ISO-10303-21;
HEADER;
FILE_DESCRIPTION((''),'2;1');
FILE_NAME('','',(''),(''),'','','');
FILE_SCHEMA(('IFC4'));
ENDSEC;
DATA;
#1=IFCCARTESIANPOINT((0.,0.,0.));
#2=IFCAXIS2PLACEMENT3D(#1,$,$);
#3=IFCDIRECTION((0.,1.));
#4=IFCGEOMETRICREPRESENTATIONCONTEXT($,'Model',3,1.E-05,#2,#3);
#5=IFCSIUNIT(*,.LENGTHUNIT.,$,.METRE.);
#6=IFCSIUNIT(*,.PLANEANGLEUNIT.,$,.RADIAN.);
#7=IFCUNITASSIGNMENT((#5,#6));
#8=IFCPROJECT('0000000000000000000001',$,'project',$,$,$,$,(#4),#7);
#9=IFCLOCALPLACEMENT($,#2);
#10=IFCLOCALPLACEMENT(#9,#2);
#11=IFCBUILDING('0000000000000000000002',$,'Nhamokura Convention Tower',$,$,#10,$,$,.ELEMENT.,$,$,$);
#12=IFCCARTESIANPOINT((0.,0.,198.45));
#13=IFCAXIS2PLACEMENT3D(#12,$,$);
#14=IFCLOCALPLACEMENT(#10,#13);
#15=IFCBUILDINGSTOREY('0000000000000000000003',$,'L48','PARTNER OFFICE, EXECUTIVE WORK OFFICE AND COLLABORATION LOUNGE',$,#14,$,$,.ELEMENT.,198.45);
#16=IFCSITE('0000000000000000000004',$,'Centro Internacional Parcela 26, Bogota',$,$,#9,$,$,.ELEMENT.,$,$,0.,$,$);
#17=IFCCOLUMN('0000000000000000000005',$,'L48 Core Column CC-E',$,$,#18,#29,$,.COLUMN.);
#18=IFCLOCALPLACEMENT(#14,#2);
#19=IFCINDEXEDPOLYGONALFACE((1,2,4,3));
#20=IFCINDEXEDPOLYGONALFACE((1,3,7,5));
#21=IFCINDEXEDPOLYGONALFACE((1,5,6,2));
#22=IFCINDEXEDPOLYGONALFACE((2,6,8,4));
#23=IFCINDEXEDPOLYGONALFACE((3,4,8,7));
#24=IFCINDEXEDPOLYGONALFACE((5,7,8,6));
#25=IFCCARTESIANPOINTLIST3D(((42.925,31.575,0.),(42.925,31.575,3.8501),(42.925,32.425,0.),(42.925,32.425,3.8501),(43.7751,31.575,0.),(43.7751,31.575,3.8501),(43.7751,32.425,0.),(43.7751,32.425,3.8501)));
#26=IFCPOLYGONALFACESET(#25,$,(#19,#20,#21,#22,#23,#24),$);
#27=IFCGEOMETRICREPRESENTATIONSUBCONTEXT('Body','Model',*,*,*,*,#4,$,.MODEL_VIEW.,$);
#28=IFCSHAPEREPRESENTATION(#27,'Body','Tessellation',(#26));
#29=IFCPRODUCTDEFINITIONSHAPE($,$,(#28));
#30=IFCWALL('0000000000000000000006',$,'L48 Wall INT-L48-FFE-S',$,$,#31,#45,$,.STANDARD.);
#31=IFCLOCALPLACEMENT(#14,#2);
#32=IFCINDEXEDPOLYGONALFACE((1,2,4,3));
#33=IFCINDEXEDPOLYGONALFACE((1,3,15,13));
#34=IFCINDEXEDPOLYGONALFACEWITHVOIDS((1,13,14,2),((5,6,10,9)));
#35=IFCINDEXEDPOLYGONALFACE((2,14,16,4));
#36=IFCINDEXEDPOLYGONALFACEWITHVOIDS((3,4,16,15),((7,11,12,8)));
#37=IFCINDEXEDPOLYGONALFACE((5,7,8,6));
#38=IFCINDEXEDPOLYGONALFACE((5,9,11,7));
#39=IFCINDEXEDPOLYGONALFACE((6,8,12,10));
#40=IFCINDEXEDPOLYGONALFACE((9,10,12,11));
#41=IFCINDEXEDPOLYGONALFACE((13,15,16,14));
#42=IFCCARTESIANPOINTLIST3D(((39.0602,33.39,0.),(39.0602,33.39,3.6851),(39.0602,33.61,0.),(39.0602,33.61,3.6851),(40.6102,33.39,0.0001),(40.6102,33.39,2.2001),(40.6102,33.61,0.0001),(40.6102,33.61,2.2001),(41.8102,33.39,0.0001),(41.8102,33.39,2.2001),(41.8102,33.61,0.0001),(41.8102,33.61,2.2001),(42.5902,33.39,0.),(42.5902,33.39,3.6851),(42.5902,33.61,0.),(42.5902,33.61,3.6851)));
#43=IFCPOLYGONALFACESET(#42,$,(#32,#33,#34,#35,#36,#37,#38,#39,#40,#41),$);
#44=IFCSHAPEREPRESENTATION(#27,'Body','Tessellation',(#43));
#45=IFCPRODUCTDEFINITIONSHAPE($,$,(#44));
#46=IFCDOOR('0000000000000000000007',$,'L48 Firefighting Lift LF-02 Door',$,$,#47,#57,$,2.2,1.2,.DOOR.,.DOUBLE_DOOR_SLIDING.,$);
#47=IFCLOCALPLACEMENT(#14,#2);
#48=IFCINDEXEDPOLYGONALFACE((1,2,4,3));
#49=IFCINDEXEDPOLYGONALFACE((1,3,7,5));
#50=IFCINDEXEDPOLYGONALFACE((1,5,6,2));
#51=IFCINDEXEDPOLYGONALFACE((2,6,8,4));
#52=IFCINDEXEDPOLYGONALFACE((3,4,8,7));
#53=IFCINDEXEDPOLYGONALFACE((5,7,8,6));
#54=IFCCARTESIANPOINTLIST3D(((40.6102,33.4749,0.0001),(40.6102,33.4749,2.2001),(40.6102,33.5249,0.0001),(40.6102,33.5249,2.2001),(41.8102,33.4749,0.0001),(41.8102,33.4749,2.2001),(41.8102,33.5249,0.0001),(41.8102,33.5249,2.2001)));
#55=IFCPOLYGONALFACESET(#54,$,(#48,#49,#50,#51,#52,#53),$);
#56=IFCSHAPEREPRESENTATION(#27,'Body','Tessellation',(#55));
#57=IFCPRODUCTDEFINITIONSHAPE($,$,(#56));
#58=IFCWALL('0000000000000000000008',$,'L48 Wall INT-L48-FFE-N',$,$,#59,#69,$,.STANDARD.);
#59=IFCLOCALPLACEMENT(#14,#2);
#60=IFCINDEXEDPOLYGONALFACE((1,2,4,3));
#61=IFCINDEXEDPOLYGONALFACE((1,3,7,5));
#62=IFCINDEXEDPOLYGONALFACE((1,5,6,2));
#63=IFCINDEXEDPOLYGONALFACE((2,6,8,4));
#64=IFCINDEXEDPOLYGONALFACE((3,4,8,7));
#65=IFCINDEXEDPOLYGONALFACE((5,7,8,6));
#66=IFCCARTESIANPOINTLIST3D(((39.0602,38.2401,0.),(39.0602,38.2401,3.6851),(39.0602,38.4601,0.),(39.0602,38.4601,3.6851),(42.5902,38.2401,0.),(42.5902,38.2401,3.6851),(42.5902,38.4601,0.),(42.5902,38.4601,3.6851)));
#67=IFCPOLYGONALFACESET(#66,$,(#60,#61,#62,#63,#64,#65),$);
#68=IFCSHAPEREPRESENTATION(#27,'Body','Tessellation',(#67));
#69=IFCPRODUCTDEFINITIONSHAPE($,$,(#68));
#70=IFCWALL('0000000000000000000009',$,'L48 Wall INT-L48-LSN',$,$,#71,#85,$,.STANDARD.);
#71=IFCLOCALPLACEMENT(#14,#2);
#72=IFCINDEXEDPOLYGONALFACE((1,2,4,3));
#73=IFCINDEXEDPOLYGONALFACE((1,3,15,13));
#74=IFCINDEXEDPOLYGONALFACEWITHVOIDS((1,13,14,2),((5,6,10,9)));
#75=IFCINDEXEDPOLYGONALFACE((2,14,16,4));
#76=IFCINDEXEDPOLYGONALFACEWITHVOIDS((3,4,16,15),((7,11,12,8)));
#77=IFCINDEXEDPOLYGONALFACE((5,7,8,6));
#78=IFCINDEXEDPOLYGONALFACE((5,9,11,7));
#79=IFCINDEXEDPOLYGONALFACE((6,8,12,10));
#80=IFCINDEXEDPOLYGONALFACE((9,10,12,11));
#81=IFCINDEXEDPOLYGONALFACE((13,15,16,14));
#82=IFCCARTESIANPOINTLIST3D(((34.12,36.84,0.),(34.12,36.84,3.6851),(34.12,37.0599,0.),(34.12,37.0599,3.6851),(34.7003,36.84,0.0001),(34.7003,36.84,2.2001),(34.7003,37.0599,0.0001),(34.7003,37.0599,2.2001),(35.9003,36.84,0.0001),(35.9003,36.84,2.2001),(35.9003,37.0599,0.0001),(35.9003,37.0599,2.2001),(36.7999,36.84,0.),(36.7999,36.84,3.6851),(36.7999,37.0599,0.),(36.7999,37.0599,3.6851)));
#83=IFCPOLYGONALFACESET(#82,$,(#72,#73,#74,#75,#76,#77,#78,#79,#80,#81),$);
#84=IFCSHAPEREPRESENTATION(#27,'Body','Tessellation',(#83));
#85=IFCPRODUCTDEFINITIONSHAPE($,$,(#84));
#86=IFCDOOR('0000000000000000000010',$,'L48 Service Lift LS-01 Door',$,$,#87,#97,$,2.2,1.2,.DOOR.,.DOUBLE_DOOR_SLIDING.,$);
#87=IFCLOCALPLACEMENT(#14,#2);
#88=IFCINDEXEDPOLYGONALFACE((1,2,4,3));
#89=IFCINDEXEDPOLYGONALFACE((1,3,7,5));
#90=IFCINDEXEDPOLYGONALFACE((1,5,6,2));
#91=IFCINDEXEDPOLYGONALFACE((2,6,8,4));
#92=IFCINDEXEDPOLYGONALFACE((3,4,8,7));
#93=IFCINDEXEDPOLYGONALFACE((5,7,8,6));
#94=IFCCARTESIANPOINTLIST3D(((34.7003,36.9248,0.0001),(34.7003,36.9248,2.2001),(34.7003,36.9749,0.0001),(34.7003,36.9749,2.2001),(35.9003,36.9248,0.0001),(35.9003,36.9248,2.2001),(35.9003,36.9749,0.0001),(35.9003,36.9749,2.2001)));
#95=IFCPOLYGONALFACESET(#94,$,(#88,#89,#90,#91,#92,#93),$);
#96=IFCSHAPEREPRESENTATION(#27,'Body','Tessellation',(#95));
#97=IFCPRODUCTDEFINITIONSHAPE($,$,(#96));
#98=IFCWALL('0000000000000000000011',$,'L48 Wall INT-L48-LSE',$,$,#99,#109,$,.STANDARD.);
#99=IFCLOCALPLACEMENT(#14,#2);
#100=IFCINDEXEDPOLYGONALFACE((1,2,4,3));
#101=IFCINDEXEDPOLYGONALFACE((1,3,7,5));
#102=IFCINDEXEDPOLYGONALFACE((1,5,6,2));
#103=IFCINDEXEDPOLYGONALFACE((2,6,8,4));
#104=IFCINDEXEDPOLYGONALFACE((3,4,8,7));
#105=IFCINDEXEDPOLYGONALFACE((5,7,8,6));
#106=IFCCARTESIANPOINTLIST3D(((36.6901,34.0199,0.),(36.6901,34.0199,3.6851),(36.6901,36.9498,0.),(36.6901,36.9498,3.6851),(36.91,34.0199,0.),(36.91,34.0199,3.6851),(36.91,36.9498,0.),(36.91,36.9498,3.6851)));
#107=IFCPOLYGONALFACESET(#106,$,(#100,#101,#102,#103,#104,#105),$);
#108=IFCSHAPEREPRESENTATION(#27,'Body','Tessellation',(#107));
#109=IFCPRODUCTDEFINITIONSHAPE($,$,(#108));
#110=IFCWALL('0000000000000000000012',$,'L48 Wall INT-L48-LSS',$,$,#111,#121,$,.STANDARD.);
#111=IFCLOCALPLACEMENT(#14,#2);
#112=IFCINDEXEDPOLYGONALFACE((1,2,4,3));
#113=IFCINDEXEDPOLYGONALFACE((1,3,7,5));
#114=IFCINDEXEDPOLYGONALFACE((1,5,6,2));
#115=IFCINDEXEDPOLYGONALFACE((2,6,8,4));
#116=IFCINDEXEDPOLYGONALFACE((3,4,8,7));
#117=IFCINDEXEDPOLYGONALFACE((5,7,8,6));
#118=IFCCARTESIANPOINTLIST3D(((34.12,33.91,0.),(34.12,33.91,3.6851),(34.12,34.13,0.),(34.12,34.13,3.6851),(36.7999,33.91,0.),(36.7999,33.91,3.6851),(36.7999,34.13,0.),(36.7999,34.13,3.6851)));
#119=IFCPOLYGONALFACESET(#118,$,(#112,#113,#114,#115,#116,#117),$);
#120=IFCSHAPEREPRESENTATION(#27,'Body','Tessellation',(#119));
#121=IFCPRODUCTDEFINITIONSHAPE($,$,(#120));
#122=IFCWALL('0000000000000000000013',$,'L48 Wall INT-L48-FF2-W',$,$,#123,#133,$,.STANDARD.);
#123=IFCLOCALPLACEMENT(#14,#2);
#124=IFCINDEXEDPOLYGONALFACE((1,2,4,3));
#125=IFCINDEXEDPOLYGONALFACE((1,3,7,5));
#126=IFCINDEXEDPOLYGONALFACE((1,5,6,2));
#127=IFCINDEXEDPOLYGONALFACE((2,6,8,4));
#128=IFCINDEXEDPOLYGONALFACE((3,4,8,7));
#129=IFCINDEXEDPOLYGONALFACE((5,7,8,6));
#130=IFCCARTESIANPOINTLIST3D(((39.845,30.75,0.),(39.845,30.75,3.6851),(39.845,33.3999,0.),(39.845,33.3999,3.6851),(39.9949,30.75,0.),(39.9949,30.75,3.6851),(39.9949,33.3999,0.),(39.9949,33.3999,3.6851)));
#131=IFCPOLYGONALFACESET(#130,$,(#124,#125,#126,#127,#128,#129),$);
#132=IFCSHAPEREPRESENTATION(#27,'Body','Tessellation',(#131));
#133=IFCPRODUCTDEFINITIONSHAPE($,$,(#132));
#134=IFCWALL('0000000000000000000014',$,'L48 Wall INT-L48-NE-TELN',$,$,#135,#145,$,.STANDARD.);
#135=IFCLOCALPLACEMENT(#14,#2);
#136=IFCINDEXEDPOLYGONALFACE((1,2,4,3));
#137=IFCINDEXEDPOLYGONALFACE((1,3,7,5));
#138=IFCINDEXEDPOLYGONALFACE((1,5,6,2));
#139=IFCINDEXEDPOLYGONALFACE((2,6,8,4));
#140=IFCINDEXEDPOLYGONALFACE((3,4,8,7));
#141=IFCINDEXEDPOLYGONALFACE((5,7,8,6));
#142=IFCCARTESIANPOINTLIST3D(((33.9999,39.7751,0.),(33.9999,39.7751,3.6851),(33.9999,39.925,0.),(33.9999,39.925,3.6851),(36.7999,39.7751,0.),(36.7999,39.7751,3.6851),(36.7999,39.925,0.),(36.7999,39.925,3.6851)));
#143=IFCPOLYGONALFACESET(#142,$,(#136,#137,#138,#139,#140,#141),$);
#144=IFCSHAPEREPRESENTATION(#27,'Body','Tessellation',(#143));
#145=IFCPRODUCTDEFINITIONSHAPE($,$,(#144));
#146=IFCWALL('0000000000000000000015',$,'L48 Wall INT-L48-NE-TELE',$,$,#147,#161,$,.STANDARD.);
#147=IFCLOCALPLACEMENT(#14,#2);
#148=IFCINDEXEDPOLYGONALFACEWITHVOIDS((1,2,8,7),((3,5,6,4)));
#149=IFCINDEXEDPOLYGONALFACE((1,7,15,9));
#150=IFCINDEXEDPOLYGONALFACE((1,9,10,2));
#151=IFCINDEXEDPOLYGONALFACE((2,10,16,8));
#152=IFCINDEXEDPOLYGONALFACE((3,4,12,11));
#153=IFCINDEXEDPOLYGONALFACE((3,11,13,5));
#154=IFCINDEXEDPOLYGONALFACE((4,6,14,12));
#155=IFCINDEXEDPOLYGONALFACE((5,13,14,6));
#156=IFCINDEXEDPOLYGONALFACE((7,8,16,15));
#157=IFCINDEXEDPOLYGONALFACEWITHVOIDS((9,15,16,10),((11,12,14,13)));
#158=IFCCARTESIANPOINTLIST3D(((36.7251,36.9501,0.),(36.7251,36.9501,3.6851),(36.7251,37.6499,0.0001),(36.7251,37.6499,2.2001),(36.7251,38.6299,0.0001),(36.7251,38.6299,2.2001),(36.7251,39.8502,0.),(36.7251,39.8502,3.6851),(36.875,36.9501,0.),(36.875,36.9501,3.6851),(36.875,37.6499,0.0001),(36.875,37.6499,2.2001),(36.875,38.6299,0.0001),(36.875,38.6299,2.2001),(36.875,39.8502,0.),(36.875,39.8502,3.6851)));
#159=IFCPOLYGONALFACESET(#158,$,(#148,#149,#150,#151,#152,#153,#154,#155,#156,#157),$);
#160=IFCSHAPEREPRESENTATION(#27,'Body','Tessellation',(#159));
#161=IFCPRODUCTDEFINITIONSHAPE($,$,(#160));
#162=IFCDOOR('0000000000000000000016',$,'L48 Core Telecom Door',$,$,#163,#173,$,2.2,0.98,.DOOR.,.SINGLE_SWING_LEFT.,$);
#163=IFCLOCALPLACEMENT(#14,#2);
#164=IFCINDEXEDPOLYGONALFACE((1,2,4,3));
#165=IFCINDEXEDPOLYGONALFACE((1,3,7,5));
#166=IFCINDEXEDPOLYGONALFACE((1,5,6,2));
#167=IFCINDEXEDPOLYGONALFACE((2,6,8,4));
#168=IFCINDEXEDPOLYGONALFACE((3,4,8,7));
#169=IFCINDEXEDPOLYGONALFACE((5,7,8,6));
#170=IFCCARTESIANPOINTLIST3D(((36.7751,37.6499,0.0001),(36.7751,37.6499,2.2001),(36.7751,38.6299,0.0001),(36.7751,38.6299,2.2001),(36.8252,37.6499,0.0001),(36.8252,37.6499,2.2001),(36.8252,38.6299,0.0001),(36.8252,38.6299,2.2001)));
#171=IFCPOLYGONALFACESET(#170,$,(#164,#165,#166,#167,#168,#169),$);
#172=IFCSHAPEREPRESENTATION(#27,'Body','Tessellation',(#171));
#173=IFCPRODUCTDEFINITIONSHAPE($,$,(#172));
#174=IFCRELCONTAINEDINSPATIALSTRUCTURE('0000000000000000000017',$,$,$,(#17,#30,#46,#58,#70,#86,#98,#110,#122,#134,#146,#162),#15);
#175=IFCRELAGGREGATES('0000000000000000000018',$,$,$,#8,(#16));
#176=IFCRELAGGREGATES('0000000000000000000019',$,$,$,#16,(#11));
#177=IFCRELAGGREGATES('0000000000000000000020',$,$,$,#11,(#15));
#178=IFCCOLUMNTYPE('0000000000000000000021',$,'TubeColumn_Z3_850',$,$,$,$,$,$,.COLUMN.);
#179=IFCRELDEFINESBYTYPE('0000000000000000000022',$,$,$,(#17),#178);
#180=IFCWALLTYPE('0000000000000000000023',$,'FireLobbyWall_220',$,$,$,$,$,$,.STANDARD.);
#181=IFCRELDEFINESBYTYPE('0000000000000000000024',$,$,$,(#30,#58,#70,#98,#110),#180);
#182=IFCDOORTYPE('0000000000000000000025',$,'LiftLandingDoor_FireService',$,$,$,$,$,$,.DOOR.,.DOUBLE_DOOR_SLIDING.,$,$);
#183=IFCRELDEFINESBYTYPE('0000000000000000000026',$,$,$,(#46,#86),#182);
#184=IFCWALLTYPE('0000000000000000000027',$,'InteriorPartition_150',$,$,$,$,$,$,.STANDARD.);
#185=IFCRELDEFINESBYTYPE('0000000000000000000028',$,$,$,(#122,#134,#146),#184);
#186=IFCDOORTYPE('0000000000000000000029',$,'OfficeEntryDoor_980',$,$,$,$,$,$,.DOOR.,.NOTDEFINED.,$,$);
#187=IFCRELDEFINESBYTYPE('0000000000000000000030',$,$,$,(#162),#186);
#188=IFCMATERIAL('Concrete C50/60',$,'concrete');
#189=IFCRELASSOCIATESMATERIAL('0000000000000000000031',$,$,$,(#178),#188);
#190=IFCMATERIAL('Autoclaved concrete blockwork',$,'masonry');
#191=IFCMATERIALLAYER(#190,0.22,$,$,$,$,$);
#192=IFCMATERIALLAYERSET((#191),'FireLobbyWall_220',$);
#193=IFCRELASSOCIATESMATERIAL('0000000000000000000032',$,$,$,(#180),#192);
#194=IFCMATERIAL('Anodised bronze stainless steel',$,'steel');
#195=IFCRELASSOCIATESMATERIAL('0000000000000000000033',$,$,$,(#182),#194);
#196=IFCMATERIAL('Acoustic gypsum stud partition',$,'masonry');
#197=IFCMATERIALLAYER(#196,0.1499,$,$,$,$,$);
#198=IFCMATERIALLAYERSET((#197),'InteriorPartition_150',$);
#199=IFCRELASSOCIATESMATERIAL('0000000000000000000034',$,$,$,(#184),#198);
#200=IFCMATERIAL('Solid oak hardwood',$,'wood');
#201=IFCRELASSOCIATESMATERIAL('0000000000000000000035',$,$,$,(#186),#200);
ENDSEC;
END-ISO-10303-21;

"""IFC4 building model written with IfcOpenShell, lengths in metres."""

from ifc_helpers import new_model, si_unit, direction, frame, frame_2d, origin, origin_2d, place, context, subcontext, project, spatial, rectangle, extrude, material, layer, layer_set, material_profile, profile_set, type_object, element, fill, save


model = new_model("IFC4")

# Units and contexts
model_context = context("Model", 3, precision=1e-05, world=origin(), true_north=direction((0.0, 1.0)))
body_context = subcontext(model_context, "Body", "Model", "MODEL_VIEW")
ifc_project = project(units=[si_unit("LENGTHUNIT", "METRE"), si_unit("PLANEANGLEUNIT", "RADIAN")], contexts=[model_context])

# Site, building, storey
site_placement = place(None, origin())
site = spatial("IfcSite", under=ifc_project, at=site_placement, Name="Centro Internacional Parcela 26, Bogota", CompositionType="ELEMENT", RefElevation=0.0)
building_placement = place(site_placement, origin())
building = spatial("IfcBuilding", under=site, at=building_placement, Name="Nhamokura Convention Tower", CompositionType="ELEMENT")
storey_placement = place(building_placement, frame((0.0, 0.0, 198.45)))
storey = spatial("IfcBuildingStorey", under=building, at=storey_placement, Name="L48", Description="PARTNER OFFICE, EXECUTIVE WORK OFFICE AND COLLABORATION LOUNGE", CompositionType="ELEMENT", Elevation=198.45)

# Column
ifc_material_1 = material(Name="Concrete C50/60", Category="concrete")
ifc_material_profile = material_profile(ifc_material_1, rectangle(XDim=0.8501, YDim=0.8501, at=origin_2d()))
ifc_profile_set = profile_set([ifc_material_profile], Name="Concrete C50/60")
column_type = type_object("IfcColumnType", Name="TubeColumn_Z3_850", PredefinedType="COLUMN", material=ifc_profile_set)
column_placement = place(storey_placement, frame((43.3501, 32.0, 0.0), z_axis=(0.0, 0.0, 1.0), x_axis=(1.0, 0.0, 0.0)))
element("IfcColumn", 1, at=column_placement, inside=storey, type_object=column_type, Name="L48 Core Column CC-E", PredefinedType="COLUMN", context=body_context, shape_type="SweptSolid", body=[
    extrude(rectangle(XDim=0.8501, YDim=0.8501, at=origin_2d()), origin(), (0.0, 0.0, 1.0), 3.8501),
])

# Wall, opening, door
ifc_material_2 = material(Name="Autoclaved concrete blockwork", Category="masonry")
ifc_layer_1 = layer(ifc_material_2, 0.22)
ifc_layer_set_1 = layer_set([ifc_layer_1], Name="FireLobbyWall_220")
wall_type_1 = type_object("IfcWallType", Name="FireLobbyWall_220", PredefinedType="STANDARD", material=ifc_layer_set_1)
wall_1_placement = place(storey_placement, frame((39.0601, 33.5, 0.0), z_axis=(0.0, 0.0, 1.0), x_axis=(1.0, 0.0, 0.0)))
wall_1 = element("IfcWall", 2, at=wall_1_placement, inside=storey, type_object=wall_type_1, Name="L48 Wall INT-L48-FFE-S", PredefinedType="STANDARD", context=body_context, shape_type="SweptSolid", body=[
    extrude(rectangle(XDim=3.53, YDim=0.22, at=frame_2d((1.7651, 0.0))), origin(), (0.0, 0.0, 1.0), 3.6851),
])
opening_1_placement = place(wall_1_placement, frame((1.55, 0.0, 0.0)))
opening_1 = element("IfcOpeningElement", 3, at=opening_1_placement, cuts=wall_1, PredefinedType="OPENING", context=body_context, shape_type="SweptSolid", body=[
    extrude(rectangle(XDim=1.2, YDim=2.2, at=frame_2d((0.6001, 1.1001))), frame((0.0, 0.1199, 0.0), z_axis=(0.0, -1.0, 0.0), x_axis=(1.0, 0.0, 0.0)), (0.0, 0.0, 1.0), 0.24),
])
ifc_material_3 = material(Name="Anodised bronze stainless steel", Category="steel")
door_type_1 = type_object("IfcDoorType", Name="LiftLandingDoor_FireService", OperationType="DOUBLE_DOOR_SLIDING", PredefinedType="DOOR", material=ifc_material_3)
door_1_placement = place(opening_1_placement, origin())
door_1 = element("IfcDoor", 4, at=door_1_placement, inside=storey, type_object=door_type_1, Name="L48 Firefighting Lift LF-02 Door", OperationType="DOUBLE_DOOR_SLIDING", OverallHeight=2.2, OverallWidth=1.2, PredefinedType="DOOR", context=body_context, shape_type="SweptSolid", body=[
    extrude(rectangle(XDim=1.2, YDim=2.2, at=frame_2d((0.6001, 1.1001))), frame((0.0, 0.0249, 0.0), z_axis=(0.0, -1.0, 0.0), x_axis=(1.0, 0.0, 0.0)), (0.0, 0.0, 1.0), 0.05),
])
fill(opening_1, door_1)

# Wall
wall_2_placement = place(storey_placement, frame((39.0601, 38.3501, 0.0), z_axis=(0.0, 0.0, 1.0), x_axis=(1.0, 0.0, 0.0)))
element("IfcWall", 5, at=wall_2_placement, inside=storey, type_object=wall_type_1, Name="L48 Wall INT-L48-FFE-N", PredefinedType="STANDARD", context=body_context, shape_type="SweptSolid", body=[
    extrude(rectangle(XDim=3.53, YDim=0.22, at=frame_2d((1.7651, 0.0))), origin(), (0.0, 0.0, 1.0), 3.6851),
])

# Wall, opening, door
wall_3_placement = place(storey_placement, frame((34.1201, 36.95, 0.0), z_axis=(0.0, 0.0, 1.0), x_axis=(1.0, 0.0, 0.0)))
wall_3 = element("IfcWall", 6, at=wall_3_placement, inside=storey, type_object=wall_type_1, Name="L48 Wall INT-L48-LSN", PredefinedType="STANDARD", context=body_context, shape_type="SweptSolid", body=[
    extrude(rectangle(XDim=2.6799, YDim=0.22, at=frame_2d((1.3398, 0.0))), origin(), (0.0, 0.0, 1.0), 3.6851),
])
opening_2_placement = place(wall_3_placement, frame((0.5801, 0.0, 0.0)))
opening_2 = element("IfcOpeningElement", 7, at=opening_2_placement, cuts=wall_3, PredefinedType="OPENING", context=body_context, shape_type="SweptSolid", body=[
    extrude(rectangle(XDim=1.2, YDim=2.2, at=frame_2d((0.6001, 1.1001))), frame((0.0, 0.1199, 0.0), z_axis=(0.0, -1.0, 0.0), x_axis=(1.0, 0.0, 0.0)), (0.0, 0.0, 1.0), 0.24),
])
door_2_placement = place(opening_2_placement, origin())
door_2 = element("IfcDoor", 8, at=door_2_placement, inside=storey, type_object=door_type_1, Name="L48 Service Lift LS-01 Door", OperationType="DOUBLE_DOOR_SLIDING", OverallHeight=2.2, OverallWidth=1.2, PredefinedType="DOOR", context=body_context, shape_type="SweptSolid", body=[
    extrude(rectangle(XDim=1.2, YDim=2.2, at=frame_2d((0.6001, 1.1001))), frame((0.0, 0.0249, 0.0), z_axis=(0.0, -1.0, 0.0), x_axis=(1.0, 0.0, 0.0)), (0.0, 0.0, 1.0), 0.05),
])
fill(opening_2, door_2)

# Walls
wall_4_placement = place(storey_placement, frame((36.8, 34.02, 0.0), z_axis=(0.0, 0.0, 1.0), x_axis=(0.0, 1.0, 0.0)))
element("IfcWall", 9, at=wall_4_placement, inside=storey, type_object=wall_type_1, Name="L48 Wall INT-L48-LSE", PredefinedType="STANDARD", context=body_context, shape_type="SweptSolid", body=[
    extrude(rectangle(XDim=2.9299, YDim=0.22, at=frame_2d((1.4648, 0.0))), origin(), (0.0, 0.0, 1.0), 3.6851),
])
wall_5_placement = place(storey_placement, frame((34.1201, 34.02, 0.0), z_axis=(0.0, 0.0, 1.0), x_axis=(1.0, 0.0, 0.0)))
element("IfcWall", 10, at=wall_5_placement, inside=storey, type_object=wall_type_1, Name="L48 Wall INT-L48-LSS", PredefinedType="STANDARD", context=body_context, shape_type="SweptSolid", body=[
    extrude(rectangle(XDim=2.6799, YDim=0.22, at=frame_2d((1.3398, 0.0))), origin(), (0.0, 0.0, 1.0), 3.6851),
])
ifc_material_4 = material(Name="Acoustic gypsum stud partition", Category="masonry")
ifc_layer_2 = layer(ifc_material_4, 0.1499)
ifc_layer_set_2 = layer_set([ifc_layer_2], Name="InteriorPartition_150")
wall_type_2 = type_object("IfcWallType", Name="InteriorPartition_150", PredefinedType="STANDARD", material=ifc_layer_set_2)
wall_6_placement = place(storey_placement, frame((39.9199, 30.75, 0.0), z_axis=(0.0, 0.0, 1.0), x_axis=(0.0, 1.0, 0.0)))
element("IfcWall", 11, at=wall_6_placement, inside=storey, type_object=wall_type_2, Name="L48 Wall INT-L48-FF2-W", PredefinedType="STANDARD", context=body_context, shape_type="SweptSolid", body=[
    extrude(rectangle(XDim=2.6499, YDim=0.1499, at=frame_2d((1.325, 0.0))), origin(), (0.0, 0.0, 1.0), 3.6851),
])
wall_7_placement = place(storey_placement, frame((34.0, 39.8501, 0.0), z_axis=(0.0, 0.0, 1.0), x_axis=(1.0, 0.0, 0.0)))
element("IfcWall", 12, at=wall_7_placement, inside=storey, type_object=wall_type_2, Name="L48 Wall INT-L48-NE-TELN", PredefinedType="STANDARD", context=body_context, shape_type="SweptSolid", body=[
    extrude(rectangle(XDim=2.8, YDim=0.1499, at=frame_2d((1.3999, 0.0))), origin(), (0.0, 0.0, 1.0), 3.6851),
])

# Wall, opening, door
wall_8_placement = place(storey_placement, frame((36.8, 36.95, 0.0), z_axis=(0.0, 0.0, 1.0), x_axis=(0.0, 1.0, 0.0)))
wall_8 = element("IfcWall", 13, at=wall_8_placement, inside=storey, type_object=wall_type_2, Name="L48 Wall INT-L48-NE-TELE", PredefinedType="STANDARD", context=body_context, shape_type="SweptSolid", body=[
    extrude(rectangle(XDim=2.9001, YDim=0.1499, at=frame_2d((1.4502, 0.0))), origin(), (0.0, 0.0, 1.0), 3.6851),
])
opening_3_placement = place(wall_8_placement, frame((0.7, 0.0, 0.0)))
opening_3 = element("IfcOpeningElement", 14, at=opening_3_placement, cuts=wall_8, PredefinedType="OPENING", context=body_context, shape_type="SweptSolid", body=[
    extrude(rectangle(XDim=0.98, YDim=2.2, at=frame_2d((0.49, 1.1001))), frame((0.0, 0.085, 0.0), z_axis=(0.0, -1.0, 0.0), x_axis=(1.0, 0.0, 0.0)), (0.0, 0.0, 1.0), 0.1699),
])
ifc_material_5 = material(Name="Solid oak hardwood", Category="wood")
door_type_2 = type_object("IfcDoorType", Name="OfficeEntryDoor_980", OperationType="NOTDEFINED", PredefinedType="DOOR", material=ifc_material_5)
door_3_placement = place(opening_3_placement, origin())
door_3 = element("IfcDoor", 15, at=door_3_placement, inside=storey, type_object=door_type_2, Name="L48 Core Telecom Door", OperationType="SINGLE_SWING_LEFT", OverallHeight=2.2, OverallWidth=0.98, PredefinedType="DOOR", context=body_context, shape_type="SweptSolid", body=[
    extrude(rectangle(XDim=0.98, YDim=2.2, at=frame_2d((0.49, 1.1001))), frame((0.0, 0.0249, 0.0), z_axis=(0.0, -1.0, 0.0), x_axis=(1.0, 0.0, 0.0)), (0.0, 0.0, 1.0), 0.05),
])
fill(opening_3, door_3)

save(model, "model.ifc")
